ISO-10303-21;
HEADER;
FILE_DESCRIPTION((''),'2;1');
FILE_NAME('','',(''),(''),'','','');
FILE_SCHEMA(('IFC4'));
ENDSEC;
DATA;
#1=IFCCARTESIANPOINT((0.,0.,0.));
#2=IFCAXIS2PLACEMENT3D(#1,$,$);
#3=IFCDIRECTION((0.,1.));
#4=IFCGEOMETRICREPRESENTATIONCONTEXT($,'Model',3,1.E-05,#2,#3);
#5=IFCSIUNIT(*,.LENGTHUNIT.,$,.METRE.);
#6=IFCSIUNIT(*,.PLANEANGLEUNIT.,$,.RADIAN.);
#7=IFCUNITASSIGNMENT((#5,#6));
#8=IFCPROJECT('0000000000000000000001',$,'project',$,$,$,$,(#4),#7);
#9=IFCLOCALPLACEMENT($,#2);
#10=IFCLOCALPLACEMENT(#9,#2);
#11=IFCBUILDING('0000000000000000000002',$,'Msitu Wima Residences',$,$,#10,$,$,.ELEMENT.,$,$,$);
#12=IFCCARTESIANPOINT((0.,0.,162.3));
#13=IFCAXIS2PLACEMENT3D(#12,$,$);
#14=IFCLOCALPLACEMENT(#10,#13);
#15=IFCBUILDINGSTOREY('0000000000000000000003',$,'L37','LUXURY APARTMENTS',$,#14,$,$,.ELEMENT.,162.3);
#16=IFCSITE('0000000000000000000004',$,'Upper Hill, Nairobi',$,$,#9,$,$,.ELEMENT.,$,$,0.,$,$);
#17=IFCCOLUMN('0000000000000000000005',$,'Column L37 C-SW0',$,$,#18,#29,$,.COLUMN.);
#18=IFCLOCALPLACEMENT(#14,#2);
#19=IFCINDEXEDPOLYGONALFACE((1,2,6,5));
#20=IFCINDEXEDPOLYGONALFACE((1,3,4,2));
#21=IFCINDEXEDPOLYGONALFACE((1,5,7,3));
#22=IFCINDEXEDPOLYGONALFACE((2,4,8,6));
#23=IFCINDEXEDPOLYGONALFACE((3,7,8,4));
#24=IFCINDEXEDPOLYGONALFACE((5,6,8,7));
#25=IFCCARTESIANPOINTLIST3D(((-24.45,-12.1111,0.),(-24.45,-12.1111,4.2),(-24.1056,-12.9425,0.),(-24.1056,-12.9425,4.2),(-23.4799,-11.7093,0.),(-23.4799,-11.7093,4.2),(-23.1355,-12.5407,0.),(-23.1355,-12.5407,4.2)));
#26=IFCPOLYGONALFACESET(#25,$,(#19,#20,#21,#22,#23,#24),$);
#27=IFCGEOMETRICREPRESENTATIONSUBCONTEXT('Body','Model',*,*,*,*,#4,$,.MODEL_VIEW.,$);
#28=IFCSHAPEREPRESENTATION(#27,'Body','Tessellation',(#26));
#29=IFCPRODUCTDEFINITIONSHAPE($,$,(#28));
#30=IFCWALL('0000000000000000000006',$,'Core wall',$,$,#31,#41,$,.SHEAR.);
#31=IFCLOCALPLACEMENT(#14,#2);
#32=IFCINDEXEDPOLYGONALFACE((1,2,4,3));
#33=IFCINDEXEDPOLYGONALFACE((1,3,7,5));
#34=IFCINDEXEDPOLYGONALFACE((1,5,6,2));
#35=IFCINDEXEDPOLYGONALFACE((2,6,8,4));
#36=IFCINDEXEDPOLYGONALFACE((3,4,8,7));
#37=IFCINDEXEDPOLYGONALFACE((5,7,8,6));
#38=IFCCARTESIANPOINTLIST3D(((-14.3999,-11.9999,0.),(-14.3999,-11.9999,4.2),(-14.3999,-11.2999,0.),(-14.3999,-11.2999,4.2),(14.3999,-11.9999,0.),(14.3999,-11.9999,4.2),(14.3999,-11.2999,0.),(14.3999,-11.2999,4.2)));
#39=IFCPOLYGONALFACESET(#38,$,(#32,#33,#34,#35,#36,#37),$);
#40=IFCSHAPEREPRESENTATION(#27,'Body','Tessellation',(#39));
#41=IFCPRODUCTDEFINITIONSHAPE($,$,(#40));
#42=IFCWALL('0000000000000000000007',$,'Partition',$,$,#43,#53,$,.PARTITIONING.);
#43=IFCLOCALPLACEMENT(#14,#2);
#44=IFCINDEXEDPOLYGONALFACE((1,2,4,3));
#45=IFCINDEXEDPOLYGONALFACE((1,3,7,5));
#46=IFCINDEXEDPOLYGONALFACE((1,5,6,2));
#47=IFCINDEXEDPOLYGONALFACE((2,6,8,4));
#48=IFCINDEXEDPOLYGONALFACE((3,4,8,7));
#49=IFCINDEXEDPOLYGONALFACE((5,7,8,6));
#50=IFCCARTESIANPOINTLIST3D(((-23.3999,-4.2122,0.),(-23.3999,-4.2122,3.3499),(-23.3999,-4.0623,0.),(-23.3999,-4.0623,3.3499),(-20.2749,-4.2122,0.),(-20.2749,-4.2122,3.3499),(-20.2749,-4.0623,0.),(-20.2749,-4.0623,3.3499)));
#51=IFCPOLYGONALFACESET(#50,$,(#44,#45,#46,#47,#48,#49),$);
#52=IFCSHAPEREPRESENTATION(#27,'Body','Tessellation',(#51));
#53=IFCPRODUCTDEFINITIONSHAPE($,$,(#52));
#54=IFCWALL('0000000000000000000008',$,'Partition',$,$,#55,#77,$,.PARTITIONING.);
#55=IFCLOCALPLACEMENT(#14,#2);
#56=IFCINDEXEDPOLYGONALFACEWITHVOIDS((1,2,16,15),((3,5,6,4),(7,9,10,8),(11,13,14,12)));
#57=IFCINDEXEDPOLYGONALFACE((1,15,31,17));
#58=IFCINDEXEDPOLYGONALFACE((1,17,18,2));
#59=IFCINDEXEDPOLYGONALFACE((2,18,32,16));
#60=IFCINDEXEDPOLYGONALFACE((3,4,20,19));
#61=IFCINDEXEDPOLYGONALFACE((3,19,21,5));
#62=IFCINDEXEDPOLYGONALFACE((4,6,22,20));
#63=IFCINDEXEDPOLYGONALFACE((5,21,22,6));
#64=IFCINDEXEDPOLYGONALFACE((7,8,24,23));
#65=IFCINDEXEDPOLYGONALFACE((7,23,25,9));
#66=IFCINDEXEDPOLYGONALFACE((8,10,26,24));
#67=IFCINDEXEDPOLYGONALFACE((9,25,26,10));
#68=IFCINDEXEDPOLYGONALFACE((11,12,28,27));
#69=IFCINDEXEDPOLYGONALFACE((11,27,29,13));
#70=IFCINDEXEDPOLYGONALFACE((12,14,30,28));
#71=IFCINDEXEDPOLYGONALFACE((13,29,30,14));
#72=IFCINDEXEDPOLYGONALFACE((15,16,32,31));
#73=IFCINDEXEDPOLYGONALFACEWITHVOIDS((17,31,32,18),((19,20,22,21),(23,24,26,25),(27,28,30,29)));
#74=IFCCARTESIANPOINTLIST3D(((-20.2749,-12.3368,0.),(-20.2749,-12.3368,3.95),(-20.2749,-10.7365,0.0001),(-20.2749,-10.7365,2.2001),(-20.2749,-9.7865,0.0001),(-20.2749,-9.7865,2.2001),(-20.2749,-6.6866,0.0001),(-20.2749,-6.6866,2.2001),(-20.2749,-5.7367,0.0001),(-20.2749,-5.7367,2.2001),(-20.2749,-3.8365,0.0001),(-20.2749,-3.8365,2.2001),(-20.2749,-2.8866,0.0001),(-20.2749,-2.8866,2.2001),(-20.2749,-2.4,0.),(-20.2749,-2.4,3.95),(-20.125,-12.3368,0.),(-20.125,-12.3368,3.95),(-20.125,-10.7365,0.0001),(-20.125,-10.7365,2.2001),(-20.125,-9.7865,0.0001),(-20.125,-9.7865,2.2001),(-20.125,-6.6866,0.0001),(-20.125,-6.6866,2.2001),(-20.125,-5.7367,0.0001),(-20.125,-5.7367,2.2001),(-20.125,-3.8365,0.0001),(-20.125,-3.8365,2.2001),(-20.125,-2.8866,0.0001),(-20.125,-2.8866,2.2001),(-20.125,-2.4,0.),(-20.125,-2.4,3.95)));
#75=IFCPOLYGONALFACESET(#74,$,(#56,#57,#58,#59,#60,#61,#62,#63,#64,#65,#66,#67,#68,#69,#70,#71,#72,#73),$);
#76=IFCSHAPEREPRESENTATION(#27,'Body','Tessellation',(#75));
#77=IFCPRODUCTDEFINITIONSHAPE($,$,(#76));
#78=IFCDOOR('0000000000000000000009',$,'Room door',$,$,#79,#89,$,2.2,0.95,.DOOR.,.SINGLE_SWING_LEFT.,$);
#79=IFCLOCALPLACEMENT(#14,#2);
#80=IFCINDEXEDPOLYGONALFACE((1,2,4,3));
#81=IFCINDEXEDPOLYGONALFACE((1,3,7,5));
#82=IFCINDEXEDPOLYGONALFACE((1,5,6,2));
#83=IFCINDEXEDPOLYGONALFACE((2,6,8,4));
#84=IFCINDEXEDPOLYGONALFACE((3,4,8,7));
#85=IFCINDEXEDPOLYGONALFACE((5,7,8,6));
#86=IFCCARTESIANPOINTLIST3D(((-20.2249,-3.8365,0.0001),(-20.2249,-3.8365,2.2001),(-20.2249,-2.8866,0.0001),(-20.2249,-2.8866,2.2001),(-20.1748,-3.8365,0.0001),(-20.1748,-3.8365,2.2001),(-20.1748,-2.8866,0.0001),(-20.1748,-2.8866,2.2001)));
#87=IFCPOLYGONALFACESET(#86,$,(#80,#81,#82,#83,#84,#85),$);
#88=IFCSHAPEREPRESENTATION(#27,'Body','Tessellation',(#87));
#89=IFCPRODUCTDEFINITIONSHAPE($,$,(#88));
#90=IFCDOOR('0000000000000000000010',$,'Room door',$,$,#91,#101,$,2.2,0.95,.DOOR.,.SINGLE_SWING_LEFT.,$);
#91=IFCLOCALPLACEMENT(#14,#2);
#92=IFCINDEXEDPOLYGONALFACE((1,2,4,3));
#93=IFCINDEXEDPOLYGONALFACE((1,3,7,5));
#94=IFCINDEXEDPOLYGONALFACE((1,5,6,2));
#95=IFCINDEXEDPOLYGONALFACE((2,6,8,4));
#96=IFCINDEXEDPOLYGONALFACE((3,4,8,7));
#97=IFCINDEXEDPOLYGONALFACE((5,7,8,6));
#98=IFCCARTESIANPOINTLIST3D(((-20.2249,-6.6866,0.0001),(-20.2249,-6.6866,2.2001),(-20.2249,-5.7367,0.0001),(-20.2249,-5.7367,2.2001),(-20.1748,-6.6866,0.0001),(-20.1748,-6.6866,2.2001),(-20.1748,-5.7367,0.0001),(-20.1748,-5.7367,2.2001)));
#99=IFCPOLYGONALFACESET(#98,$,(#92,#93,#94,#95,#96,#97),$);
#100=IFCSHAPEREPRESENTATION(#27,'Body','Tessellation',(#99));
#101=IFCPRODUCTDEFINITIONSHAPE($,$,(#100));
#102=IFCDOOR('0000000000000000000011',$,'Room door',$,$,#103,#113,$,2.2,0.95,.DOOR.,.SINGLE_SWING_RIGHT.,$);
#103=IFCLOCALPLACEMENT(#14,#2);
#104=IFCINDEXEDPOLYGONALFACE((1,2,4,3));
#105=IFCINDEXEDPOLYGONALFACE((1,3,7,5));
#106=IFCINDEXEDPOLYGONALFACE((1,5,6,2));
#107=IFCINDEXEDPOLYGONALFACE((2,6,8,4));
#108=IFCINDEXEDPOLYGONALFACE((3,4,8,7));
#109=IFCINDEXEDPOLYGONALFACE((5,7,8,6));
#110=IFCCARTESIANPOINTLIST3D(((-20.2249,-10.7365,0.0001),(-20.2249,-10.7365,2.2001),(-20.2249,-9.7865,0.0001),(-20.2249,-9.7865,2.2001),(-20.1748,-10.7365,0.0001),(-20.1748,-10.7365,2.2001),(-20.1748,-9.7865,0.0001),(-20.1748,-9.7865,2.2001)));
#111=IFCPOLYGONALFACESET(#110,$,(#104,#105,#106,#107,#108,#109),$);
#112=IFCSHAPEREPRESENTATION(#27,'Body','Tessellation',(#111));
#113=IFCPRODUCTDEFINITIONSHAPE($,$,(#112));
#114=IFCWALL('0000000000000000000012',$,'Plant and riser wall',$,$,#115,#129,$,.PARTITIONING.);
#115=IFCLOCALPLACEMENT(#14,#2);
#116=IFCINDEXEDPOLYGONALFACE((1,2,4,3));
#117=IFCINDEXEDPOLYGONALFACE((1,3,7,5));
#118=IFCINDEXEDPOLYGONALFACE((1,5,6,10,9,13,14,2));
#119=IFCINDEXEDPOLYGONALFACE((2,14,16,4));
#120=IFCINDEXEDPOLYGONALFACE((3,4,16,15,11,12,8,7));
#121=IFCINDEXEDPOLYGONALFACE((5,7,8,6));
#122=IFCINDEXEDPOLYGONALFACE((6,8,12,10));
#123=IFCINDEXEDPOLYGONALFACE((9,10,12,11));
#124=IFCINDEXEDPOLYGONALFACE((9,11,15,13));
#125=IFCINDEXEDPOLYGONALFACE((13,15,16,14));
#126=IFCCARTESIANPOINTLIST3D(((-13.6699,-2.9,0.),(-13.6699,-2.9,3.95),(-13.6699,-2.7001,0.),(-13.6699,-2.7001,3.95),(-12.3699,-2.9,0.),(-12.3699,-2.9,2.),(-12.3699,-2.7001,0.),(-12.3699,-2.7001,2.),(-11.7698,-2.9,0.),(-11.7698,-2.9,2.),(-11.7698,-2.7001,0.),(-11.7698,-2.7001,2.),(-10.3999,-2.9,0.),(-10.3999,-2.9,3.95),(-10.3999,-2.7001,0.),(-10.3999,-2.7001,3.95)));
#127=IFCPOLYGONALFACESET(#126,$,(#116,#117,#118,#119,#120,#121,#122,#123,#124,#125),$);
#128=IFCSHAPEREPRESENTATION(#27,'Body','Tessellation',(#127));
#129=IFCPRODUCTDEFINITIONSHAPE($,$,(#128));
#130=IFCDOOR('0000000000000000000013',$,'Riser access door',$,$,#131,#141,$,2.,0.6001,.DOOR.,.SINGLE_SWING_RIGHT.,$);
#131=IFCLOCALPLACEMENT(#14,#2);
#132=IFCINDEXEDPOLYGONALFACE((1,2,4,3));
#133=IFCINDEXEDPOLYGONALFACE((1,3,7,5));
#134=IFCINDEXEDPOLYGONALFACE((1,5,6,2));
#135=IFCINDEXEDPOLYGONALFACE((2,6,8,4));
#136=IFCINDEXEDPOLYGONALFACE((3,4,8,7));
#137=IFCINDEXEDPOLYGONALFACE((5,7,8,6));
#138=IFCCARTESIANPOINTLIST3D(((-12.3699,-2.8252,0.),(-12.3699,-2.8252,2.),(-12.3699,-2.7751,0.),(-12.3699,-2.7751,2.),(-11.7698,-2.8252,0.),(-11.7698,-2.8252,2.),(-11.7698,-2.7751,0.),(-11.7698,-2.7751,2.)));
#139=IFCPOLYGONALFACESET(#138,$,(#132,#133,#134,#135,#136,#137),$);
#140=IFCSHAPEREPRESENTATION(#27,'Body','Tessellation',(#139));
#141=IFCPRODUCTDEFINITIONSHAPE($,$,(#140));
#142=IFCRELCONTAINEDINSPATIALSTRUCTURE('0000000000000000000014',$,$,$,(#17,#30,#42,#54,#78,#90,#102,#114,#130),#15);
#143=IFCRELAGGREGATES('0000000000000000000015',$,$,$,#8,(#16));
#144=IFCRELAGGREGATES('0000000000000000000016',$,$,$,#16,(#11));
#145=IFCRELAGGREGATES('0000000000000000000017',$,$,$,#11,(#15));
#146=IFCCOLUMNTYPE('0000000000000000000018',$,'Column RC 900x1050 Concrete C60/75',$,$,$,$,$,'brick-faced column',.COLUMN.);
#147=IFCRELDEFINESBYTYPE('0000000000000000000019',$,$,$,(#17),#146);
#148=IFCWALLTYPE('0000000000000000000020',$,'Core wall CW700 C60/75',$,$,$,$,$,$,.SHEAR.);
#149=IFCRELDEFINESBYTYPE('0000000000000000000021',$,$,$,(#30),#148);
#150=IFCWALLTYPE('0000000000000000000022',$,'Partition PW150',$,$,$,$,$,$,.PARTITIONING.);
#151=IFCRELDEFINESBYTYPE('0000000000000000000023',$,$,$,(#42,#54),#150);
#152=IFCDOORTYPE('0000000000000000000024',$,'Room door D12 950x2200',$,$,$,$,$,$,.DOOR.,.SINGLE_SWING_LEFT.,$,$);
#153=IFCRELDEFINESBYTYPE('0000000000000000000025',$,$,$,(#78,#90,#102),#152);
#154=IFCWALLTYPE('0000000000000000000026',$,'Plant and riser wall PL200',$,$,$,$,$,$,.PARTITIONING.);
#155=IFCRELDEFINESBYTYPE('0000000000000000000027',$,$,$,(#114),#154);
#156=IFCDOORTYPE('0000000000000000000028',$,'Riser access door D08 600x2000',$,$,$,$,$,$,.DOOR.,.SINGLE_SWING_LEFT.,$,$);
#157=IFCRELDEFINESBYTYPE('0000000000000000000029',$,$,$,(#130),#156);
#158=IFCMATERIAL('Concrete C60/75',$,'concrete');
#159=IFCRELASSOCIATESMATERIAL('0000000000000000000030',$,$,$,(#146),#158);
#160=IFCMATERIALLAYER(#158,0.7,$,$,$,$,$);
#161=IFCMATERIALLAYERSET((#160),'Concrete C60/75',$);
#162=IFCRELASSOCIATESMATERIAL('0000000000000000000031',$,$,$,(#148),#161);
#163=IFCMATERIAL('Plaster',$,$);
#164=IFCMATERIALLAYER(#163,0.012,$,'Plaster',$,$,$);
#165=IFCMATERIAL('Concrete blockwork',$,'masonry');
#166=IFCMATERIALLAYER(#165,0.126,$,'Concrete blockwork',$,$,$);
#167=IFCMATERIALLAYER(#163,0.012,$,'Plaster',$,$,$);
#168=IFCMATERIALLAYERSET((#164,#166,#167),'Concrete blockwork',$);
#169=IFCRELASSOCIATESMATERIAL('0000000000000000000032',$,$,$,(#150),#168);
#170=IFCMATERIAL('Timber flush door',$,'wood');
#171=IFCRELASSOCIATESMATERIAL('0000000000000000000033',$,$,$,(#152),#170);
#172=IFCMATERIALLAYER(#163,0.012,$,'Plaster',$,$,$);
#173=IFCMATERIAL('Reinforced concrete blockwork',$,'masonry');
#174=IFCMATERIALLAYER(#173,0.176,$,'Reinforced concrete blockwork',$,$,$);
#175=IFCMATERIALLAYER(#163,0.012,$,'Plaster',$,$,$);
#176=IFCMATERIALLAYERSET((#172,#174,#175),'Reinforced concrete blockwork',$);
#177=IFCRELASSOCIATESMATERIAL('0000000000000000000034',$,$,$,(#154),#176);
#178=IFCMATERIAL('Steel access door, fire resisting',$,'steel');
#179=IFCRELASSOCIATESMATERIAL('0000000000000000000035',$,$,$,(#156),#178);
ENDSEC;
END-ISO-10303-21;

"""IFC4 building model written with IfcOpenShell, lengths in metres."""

from ifc_helpers import new_model, si_unit, direction, frame, frame_2d, origin, origin_2d, place, context, subcontext, project, spatial, rectangle, extrude, material, layer, layer_set, material_profile, profile_set, type_object, element, fill, save


model = new_model("IFC4")

# Units and contexts
model_context = context("Model", 3, precision=1e-05, world=origin(), true_north=direction((0.0, 1.0)))
body_context = subcontext(model_context, "Body", "Model", "MODEL_VIEW")
ifc_project = project(units=[si_unit("LENGTHUNIT", "METRE"), si_unit("PLANEANGLEUNIT", "RADIAN")], contexts=[model_context])

# Site, building, storey
site_placement = place(None, origin())
site = spatial("IfcSite", under=ifc_project, at=site_placement, Name="Upper Hill, Nairobi", CompositionType="ELEMENT", RefElevation=0.0)
building_placement = place(site_placement, origin())
building = spatial("IfcBuilding", under=site, at=building_placement, Name="Msitu Wima Residences", CompositionType="ELEMENT")
storey_placement = place(building_placement, frame((0.0, 0.0, 162.3)))
storey = spatial("IfcBuildingStorey", under=building, at=storey_placement, Name="L37", Description="LUXURY APARTMENTS", CompositionType="ELEMENT", Elevation=162.3)

# Column
ifc_material_1 = material(Name="Concrete C60/75", Category="concrete")
ifc_material_profile = material_profile(ifc_material_1, rectangle(XDim=0.8999, YDim=1.05, at=origin_2d()), Name="RC 900x1050")
ifc_profile_set = profile_set([ifc_material_profile], Name="Concrete C60/75")
column_type = type_object("IfcColumnType", Name="Column RC 900x1050 Concrete C60/75", ElementType="brick-faced column", PredefinedType="COLUMN", material=ifc_profile_set)
column_placement = place(storey_placement, frame((-23.7927, -12.3259, 0.0), z_axis=(0.0, 0.0, 1.0), x_axis=(0.382683, -0.92388, 0.0)))
element("IfcColumn", 1, at=column_placement, inside=storey, type_object=column_type, Name="Column L37 C-SW0", PredefinedType="COLUMN", context=body_context, shape_type="SweptSolid", body=[
    extrude(rectangle(XDim=0.8999, YDim=1.05, at=origin_2d()), origin(), (0.0, 0.0, 1.0), 4.2),
])

# Wall
ifc_layer_1 = layer(ifc_material_1, 0.7)
ifc_layer_set_1 = layer_set([ifc_layer_1], Name="Concrete C60/75")
wall_type_1 = type_object("IfcWallType", Name="Core wall CW700 C60/75", PredefinedType="SHEAR", material=ifc_layer_set_1)
wall_1_placement = place(storey_placement, frame((-14.3999, -11.6499, 0.0), z_axis=(0.0, 0.0, 1.0), x_axis=(1.0, 0.0, 0.0)))
element("IfcWall", 2, at=wall_1_placement, inside=storey, type_object=wall_type_1, Name="Core wall", PredefinedType="SHEAR", context=body_context, shape_type="SweptSolid", body=[
    extrude(rectangle(XDim=28.7998, YDim=0.7, at=frame_2d((14.3999, 0.0))), origin(), (0.0, 0.0, 1.0), 4.2),
])

# Wall
ifc_material_2 = material(Name="Plaster")
ifc_layer_2 = layer(ifc_material_2, 0.012, Name="Plaster")
ifc_material_3 = material(Name="Concrete blockwork", Category="masonry")
ifc_layer_3 = layer(ifc_material_3, 0.126, Name="Concrete blockwork")
ifc_layer_4 = layer(ifc_material_2, 0.012, Name="Plaster")
ifc_layer_set_2 = layer_set([ifc_layer_2, ifc_layer_3, ifc_layer_4], Name="Concrete blockwork")
wall_type_2 = type_object("IfcWallType", Name="Partition PW150", PredefinedType="PARTITIONING", material=ifc_layer_set_2)
wall_2_placement = place(storey_placement, frame((-23.3999, -4.1372, 0.0), z_axis=(0.0, 0.0, 1.0), x_axis=(1.0, 0.0, 0.0)))
element("IfcWall", 3, at=wall_2_placement, inside=storey, type_object=wall_type_2, Name="Partition", PredefinedType="PARTITIONING", context=body_context, shape_type="SweptSolid", body=[
    extrude(rectangle(XDim=3.125, YDim=0.1499, at=frame_2d((1.5625, 0.0))), origin(), (0.0, 0.0, 1.0), 3.3499),
])

# Wall, openings, doors
wall_3_placement = place(storey_placement, frame((-20.2, -12.3367, 0.0), z_axis=(0.0, 0.0, 1.0), x_axis=(0.0, 1.0, 0.0)))
wall_3 = element("IfcWall", 4, at=wall_3_placement, inside=storey, type_object=wall_type_2, Name="Partition", PredefinedType="PARTITIONING", context=body_context, shape_type="SweptSolid", body=[
    extrude(rectangle(XDim=9.9368, YDim=0.1499, at=frame_2d((4.9683, 0.0))), origin(), (0.0, 0.0, 1.0), 3.95),
])
opening_1_placement = place(wall_3_placement, frame((8.5, 0.0, 0.0)))
opening_1 = element("IfcOpeningElement", 5, at=opening_1_placement, cuts=wall_3, PredefinedType="OPENING", context=body_context, shape_type="SweptSolid", body=[
    extrude(rectangle(XDim=0.95, YDim=2.2, at=frame_2d((0.4751, 1.1001))), frame((0.0, 0.085, 0.0), z_axis=(0.0, -1.0, 0.0), x_axis=(1.0, 0.0, 0.0)), (0.0, 0.0, 1.0), 0.1699),
])
opening_2_placement = place(wall_3_placement, frame((5.6499, 0.0, 0.0)))
opening_2 = element("IfcOpeningElement", 6, at=opening_2_placement, cuts=wall_3, PredefinedType="OPENING", context=body_context, shape_type="SweptSolid", body=[
    extrude(rectangle(XDim=0.95, YDim=2.2, at=frame_2d((0.4751, 1.1001))), frame((0.0, 0.085, 0.0), z_axis=(0.0, -1.0, 0.0), x_axis=(1.0, 0.0, 0.0)), (0.0, 0.0, 1.0), 0.1699),
])
opening_3_placement = place(wall_3_placement, frame((1.6001, 0.0, 0.0)))
opening_3 = element("IfcOpeningElement", 7, at=opening_3_placement, cuts=wall_3, PredefinedType="OPENING", context=body_context, shape_type="SweptSolid", body=[
    extrude(rectangle(XDim=0.95, YDim=2.2, at=frame_2d((0.4751, 1.1001))), frame((0.0, 0.085, 0.0), z_axis=(0.0, -1.0, 0.0), x_axis=(1.0, 0.0, 0.0)), (0.0, 0.0, 1.0), 0.1699),
])
ifc_material_4 = material(Name="Timber flush door", Category="wood")
door_type_1 = type_object("IfcDoorType", Name="Room door D12 950x2200", OperationType="SINGLE_SWING_LEFT", PredefinedType="DOOR", material=ifc_material_4)
door_1_placement = place(opening_1_placement, origin())
door_1 = element("IfcDoor", 8, at=door_1_placement, inside=storey, type_object=door_type_1, Name="Room door", OperationType="SINGLE_SWING_LEFT", OverallHeight=2.2, OverallWidth=0.95, PredefinedType="DOOR", context=body_context, shape_type="SweptSolid", body=[
    extrude(rectangle(XDim=0.95, YDim=2.2, at=frame_2d((0.4751, 1.1001))), frame((0.0, 0.0249, 0.0), z_axis=(0.0, -1.0, 0.0), x_axis=(1.0, 0.0, 0.0)), (0.0, 0.0, 1.0), 0.05),
])
fill(opening_1, door_1)
door_2_placement = place(opening_2_placement, origin())
door_2 = element("IfcDoor", 9, at=door_2_placement, inside=storey, type_object=door_type_1, Name="Room door", OperationType="SINGLE_SWING_LEFT", OverallHeight=2.2, OverallWidth=0.95, PredefinedType="DOOR", context=body_context, shape_type="SweptSolid", body=[
    extrude(rectangle(XDim=0.95, YDim=2.2, at=frame_2d((0.4751, 1.1001))), frame((0.0, 0.0249, 0.0), z_axis=(0.0, -1.0, 0.0), x_axis=(1.0, 0.0, 0.0)), (0.0, 0.0, 1.0), 0.05),
])
fill(opening_2, door_2)
door_3_placement = place(opening_3_placement, origin())
door_3 = element("IfcDoor", 10, at=door_3_placement, inside=storey, type_object=door_type_1, Name="Room door", OperationType="SINGLE_SWING_RIGHT", OverallHeight=2.2, OverallWidth=0.95, PredefinedType="DOOR", context=body_context, shape_type="SweptSolid", body=[
    extrude(rectangle(XDim=0.95, YDim=2.2, at=frame_2d((0.4751, 1.1001))), frame((0.0, 0.0249, 0.0), z_axis=(0.0, -1.0, 0.0), x_axis=(1.0, 0.0, 0.0)), (0.0, 0.0, 1.0), 0.05),
])
fill(opening_3, door_3)

# Wall, opening, door
ifc_layer_5 = layer(ifc_material_2, 0.012, Name="Plaster")
ifc_material_5 = material(Name="Reinforced concrete blockwork", Category="masonry")
ifc_layer_6 = layer(ifc_material_5, 0.176, Name="Reinforced concrete blockwork")
ifc_layer_7 = layer(ifc_material_2, 0.012, Name="Plaster")
ifc_layer_set_3 = layer_set([ifc_layer_5, ifc_layer_6, ifc_layer_7], Name="Reinforced concrete blockwork")
wall_type_3 = type_object("IfcWallType", Name="Plant and riser wall PL200", PredefinedType="PARTITIONING", material=ifc_layer_set_3)
wall_4_placement = place(storey_placement, frame((-13.6699, -2.8, 0.0), z_axis=(0.0, 0.0, 1.0), x_axis=(1.0, 0.0, 0.0)))
wall_4 = element("IfcWall", 11, at=wall_4_placement, inside=storey, type_object=wall_type_3, Name="Plant and riser wall", PredefinedType="PARTITIONING", context=body_context, shape_type="SweptSolid", body=[
    extrude(rectangle(XDim=3.27, YDim=0.2, at=frame_2d((1.635, 0.0))), origin(), (0.0, 0.0, 1.0), 3.95),
])
opening_4_placement = place(wall_4_placement, frame((1.3, 0.0, 0.0)))
opening_4 = element("IfcOpeningElement", 12, at=opening_4_placement, cuts=wall_4, PredefinedType="OPENING", context=body_context, shape_type="SweptSolid", body=[
    extrude(rectangle(XDim=0.6001, YDim=2.0, at=frame_2d((0.3, 1.0))), frame((0.0, 0.1099, 0.0), z_axis=(0.0, -1.0, 0.0), x_axis=(1.0, 0.0, 0.0)), (0.0, 0.0, 1.0), 0.22),
])
ifc_material_6 = material(Name="Steel access door, fire resisting", Category="steel")
door_type_2 = type_object("IfcDoorType", Name="Riser access door D08 600x2000", OperationType="SINGLE_SWING_LEFT", PredefinedType="DOOR", material=ifc_material_6)
door_4_placement = place(opening_4_placement, origin())
door_4 = element("IfcDoor", 13, at=door_4_placement, inside=storey, type_object=door_type_2, Name="Riser access door", OperationType="SINGLE_SWING_RIGHT", OverallHeight=2.0, OverallWidth=0.6001, PredefinedType="DOOR", context=body_context, shape_type="SweptSolid", body=[
    extrude(rectangle(XDim=0.6001, YDim=2.0, at=frame_2d((0.3, 1.0))), frame((0.0, 0.0249, 0.0), z_axis=(0.0, -1.0, 0.0), x_axis=(1.0, 0.0, 0.0)), (0.0, 0.0, 1.0), 0.05),
])
fill(opening_4, door_4)

save(model, "model.ifc")
